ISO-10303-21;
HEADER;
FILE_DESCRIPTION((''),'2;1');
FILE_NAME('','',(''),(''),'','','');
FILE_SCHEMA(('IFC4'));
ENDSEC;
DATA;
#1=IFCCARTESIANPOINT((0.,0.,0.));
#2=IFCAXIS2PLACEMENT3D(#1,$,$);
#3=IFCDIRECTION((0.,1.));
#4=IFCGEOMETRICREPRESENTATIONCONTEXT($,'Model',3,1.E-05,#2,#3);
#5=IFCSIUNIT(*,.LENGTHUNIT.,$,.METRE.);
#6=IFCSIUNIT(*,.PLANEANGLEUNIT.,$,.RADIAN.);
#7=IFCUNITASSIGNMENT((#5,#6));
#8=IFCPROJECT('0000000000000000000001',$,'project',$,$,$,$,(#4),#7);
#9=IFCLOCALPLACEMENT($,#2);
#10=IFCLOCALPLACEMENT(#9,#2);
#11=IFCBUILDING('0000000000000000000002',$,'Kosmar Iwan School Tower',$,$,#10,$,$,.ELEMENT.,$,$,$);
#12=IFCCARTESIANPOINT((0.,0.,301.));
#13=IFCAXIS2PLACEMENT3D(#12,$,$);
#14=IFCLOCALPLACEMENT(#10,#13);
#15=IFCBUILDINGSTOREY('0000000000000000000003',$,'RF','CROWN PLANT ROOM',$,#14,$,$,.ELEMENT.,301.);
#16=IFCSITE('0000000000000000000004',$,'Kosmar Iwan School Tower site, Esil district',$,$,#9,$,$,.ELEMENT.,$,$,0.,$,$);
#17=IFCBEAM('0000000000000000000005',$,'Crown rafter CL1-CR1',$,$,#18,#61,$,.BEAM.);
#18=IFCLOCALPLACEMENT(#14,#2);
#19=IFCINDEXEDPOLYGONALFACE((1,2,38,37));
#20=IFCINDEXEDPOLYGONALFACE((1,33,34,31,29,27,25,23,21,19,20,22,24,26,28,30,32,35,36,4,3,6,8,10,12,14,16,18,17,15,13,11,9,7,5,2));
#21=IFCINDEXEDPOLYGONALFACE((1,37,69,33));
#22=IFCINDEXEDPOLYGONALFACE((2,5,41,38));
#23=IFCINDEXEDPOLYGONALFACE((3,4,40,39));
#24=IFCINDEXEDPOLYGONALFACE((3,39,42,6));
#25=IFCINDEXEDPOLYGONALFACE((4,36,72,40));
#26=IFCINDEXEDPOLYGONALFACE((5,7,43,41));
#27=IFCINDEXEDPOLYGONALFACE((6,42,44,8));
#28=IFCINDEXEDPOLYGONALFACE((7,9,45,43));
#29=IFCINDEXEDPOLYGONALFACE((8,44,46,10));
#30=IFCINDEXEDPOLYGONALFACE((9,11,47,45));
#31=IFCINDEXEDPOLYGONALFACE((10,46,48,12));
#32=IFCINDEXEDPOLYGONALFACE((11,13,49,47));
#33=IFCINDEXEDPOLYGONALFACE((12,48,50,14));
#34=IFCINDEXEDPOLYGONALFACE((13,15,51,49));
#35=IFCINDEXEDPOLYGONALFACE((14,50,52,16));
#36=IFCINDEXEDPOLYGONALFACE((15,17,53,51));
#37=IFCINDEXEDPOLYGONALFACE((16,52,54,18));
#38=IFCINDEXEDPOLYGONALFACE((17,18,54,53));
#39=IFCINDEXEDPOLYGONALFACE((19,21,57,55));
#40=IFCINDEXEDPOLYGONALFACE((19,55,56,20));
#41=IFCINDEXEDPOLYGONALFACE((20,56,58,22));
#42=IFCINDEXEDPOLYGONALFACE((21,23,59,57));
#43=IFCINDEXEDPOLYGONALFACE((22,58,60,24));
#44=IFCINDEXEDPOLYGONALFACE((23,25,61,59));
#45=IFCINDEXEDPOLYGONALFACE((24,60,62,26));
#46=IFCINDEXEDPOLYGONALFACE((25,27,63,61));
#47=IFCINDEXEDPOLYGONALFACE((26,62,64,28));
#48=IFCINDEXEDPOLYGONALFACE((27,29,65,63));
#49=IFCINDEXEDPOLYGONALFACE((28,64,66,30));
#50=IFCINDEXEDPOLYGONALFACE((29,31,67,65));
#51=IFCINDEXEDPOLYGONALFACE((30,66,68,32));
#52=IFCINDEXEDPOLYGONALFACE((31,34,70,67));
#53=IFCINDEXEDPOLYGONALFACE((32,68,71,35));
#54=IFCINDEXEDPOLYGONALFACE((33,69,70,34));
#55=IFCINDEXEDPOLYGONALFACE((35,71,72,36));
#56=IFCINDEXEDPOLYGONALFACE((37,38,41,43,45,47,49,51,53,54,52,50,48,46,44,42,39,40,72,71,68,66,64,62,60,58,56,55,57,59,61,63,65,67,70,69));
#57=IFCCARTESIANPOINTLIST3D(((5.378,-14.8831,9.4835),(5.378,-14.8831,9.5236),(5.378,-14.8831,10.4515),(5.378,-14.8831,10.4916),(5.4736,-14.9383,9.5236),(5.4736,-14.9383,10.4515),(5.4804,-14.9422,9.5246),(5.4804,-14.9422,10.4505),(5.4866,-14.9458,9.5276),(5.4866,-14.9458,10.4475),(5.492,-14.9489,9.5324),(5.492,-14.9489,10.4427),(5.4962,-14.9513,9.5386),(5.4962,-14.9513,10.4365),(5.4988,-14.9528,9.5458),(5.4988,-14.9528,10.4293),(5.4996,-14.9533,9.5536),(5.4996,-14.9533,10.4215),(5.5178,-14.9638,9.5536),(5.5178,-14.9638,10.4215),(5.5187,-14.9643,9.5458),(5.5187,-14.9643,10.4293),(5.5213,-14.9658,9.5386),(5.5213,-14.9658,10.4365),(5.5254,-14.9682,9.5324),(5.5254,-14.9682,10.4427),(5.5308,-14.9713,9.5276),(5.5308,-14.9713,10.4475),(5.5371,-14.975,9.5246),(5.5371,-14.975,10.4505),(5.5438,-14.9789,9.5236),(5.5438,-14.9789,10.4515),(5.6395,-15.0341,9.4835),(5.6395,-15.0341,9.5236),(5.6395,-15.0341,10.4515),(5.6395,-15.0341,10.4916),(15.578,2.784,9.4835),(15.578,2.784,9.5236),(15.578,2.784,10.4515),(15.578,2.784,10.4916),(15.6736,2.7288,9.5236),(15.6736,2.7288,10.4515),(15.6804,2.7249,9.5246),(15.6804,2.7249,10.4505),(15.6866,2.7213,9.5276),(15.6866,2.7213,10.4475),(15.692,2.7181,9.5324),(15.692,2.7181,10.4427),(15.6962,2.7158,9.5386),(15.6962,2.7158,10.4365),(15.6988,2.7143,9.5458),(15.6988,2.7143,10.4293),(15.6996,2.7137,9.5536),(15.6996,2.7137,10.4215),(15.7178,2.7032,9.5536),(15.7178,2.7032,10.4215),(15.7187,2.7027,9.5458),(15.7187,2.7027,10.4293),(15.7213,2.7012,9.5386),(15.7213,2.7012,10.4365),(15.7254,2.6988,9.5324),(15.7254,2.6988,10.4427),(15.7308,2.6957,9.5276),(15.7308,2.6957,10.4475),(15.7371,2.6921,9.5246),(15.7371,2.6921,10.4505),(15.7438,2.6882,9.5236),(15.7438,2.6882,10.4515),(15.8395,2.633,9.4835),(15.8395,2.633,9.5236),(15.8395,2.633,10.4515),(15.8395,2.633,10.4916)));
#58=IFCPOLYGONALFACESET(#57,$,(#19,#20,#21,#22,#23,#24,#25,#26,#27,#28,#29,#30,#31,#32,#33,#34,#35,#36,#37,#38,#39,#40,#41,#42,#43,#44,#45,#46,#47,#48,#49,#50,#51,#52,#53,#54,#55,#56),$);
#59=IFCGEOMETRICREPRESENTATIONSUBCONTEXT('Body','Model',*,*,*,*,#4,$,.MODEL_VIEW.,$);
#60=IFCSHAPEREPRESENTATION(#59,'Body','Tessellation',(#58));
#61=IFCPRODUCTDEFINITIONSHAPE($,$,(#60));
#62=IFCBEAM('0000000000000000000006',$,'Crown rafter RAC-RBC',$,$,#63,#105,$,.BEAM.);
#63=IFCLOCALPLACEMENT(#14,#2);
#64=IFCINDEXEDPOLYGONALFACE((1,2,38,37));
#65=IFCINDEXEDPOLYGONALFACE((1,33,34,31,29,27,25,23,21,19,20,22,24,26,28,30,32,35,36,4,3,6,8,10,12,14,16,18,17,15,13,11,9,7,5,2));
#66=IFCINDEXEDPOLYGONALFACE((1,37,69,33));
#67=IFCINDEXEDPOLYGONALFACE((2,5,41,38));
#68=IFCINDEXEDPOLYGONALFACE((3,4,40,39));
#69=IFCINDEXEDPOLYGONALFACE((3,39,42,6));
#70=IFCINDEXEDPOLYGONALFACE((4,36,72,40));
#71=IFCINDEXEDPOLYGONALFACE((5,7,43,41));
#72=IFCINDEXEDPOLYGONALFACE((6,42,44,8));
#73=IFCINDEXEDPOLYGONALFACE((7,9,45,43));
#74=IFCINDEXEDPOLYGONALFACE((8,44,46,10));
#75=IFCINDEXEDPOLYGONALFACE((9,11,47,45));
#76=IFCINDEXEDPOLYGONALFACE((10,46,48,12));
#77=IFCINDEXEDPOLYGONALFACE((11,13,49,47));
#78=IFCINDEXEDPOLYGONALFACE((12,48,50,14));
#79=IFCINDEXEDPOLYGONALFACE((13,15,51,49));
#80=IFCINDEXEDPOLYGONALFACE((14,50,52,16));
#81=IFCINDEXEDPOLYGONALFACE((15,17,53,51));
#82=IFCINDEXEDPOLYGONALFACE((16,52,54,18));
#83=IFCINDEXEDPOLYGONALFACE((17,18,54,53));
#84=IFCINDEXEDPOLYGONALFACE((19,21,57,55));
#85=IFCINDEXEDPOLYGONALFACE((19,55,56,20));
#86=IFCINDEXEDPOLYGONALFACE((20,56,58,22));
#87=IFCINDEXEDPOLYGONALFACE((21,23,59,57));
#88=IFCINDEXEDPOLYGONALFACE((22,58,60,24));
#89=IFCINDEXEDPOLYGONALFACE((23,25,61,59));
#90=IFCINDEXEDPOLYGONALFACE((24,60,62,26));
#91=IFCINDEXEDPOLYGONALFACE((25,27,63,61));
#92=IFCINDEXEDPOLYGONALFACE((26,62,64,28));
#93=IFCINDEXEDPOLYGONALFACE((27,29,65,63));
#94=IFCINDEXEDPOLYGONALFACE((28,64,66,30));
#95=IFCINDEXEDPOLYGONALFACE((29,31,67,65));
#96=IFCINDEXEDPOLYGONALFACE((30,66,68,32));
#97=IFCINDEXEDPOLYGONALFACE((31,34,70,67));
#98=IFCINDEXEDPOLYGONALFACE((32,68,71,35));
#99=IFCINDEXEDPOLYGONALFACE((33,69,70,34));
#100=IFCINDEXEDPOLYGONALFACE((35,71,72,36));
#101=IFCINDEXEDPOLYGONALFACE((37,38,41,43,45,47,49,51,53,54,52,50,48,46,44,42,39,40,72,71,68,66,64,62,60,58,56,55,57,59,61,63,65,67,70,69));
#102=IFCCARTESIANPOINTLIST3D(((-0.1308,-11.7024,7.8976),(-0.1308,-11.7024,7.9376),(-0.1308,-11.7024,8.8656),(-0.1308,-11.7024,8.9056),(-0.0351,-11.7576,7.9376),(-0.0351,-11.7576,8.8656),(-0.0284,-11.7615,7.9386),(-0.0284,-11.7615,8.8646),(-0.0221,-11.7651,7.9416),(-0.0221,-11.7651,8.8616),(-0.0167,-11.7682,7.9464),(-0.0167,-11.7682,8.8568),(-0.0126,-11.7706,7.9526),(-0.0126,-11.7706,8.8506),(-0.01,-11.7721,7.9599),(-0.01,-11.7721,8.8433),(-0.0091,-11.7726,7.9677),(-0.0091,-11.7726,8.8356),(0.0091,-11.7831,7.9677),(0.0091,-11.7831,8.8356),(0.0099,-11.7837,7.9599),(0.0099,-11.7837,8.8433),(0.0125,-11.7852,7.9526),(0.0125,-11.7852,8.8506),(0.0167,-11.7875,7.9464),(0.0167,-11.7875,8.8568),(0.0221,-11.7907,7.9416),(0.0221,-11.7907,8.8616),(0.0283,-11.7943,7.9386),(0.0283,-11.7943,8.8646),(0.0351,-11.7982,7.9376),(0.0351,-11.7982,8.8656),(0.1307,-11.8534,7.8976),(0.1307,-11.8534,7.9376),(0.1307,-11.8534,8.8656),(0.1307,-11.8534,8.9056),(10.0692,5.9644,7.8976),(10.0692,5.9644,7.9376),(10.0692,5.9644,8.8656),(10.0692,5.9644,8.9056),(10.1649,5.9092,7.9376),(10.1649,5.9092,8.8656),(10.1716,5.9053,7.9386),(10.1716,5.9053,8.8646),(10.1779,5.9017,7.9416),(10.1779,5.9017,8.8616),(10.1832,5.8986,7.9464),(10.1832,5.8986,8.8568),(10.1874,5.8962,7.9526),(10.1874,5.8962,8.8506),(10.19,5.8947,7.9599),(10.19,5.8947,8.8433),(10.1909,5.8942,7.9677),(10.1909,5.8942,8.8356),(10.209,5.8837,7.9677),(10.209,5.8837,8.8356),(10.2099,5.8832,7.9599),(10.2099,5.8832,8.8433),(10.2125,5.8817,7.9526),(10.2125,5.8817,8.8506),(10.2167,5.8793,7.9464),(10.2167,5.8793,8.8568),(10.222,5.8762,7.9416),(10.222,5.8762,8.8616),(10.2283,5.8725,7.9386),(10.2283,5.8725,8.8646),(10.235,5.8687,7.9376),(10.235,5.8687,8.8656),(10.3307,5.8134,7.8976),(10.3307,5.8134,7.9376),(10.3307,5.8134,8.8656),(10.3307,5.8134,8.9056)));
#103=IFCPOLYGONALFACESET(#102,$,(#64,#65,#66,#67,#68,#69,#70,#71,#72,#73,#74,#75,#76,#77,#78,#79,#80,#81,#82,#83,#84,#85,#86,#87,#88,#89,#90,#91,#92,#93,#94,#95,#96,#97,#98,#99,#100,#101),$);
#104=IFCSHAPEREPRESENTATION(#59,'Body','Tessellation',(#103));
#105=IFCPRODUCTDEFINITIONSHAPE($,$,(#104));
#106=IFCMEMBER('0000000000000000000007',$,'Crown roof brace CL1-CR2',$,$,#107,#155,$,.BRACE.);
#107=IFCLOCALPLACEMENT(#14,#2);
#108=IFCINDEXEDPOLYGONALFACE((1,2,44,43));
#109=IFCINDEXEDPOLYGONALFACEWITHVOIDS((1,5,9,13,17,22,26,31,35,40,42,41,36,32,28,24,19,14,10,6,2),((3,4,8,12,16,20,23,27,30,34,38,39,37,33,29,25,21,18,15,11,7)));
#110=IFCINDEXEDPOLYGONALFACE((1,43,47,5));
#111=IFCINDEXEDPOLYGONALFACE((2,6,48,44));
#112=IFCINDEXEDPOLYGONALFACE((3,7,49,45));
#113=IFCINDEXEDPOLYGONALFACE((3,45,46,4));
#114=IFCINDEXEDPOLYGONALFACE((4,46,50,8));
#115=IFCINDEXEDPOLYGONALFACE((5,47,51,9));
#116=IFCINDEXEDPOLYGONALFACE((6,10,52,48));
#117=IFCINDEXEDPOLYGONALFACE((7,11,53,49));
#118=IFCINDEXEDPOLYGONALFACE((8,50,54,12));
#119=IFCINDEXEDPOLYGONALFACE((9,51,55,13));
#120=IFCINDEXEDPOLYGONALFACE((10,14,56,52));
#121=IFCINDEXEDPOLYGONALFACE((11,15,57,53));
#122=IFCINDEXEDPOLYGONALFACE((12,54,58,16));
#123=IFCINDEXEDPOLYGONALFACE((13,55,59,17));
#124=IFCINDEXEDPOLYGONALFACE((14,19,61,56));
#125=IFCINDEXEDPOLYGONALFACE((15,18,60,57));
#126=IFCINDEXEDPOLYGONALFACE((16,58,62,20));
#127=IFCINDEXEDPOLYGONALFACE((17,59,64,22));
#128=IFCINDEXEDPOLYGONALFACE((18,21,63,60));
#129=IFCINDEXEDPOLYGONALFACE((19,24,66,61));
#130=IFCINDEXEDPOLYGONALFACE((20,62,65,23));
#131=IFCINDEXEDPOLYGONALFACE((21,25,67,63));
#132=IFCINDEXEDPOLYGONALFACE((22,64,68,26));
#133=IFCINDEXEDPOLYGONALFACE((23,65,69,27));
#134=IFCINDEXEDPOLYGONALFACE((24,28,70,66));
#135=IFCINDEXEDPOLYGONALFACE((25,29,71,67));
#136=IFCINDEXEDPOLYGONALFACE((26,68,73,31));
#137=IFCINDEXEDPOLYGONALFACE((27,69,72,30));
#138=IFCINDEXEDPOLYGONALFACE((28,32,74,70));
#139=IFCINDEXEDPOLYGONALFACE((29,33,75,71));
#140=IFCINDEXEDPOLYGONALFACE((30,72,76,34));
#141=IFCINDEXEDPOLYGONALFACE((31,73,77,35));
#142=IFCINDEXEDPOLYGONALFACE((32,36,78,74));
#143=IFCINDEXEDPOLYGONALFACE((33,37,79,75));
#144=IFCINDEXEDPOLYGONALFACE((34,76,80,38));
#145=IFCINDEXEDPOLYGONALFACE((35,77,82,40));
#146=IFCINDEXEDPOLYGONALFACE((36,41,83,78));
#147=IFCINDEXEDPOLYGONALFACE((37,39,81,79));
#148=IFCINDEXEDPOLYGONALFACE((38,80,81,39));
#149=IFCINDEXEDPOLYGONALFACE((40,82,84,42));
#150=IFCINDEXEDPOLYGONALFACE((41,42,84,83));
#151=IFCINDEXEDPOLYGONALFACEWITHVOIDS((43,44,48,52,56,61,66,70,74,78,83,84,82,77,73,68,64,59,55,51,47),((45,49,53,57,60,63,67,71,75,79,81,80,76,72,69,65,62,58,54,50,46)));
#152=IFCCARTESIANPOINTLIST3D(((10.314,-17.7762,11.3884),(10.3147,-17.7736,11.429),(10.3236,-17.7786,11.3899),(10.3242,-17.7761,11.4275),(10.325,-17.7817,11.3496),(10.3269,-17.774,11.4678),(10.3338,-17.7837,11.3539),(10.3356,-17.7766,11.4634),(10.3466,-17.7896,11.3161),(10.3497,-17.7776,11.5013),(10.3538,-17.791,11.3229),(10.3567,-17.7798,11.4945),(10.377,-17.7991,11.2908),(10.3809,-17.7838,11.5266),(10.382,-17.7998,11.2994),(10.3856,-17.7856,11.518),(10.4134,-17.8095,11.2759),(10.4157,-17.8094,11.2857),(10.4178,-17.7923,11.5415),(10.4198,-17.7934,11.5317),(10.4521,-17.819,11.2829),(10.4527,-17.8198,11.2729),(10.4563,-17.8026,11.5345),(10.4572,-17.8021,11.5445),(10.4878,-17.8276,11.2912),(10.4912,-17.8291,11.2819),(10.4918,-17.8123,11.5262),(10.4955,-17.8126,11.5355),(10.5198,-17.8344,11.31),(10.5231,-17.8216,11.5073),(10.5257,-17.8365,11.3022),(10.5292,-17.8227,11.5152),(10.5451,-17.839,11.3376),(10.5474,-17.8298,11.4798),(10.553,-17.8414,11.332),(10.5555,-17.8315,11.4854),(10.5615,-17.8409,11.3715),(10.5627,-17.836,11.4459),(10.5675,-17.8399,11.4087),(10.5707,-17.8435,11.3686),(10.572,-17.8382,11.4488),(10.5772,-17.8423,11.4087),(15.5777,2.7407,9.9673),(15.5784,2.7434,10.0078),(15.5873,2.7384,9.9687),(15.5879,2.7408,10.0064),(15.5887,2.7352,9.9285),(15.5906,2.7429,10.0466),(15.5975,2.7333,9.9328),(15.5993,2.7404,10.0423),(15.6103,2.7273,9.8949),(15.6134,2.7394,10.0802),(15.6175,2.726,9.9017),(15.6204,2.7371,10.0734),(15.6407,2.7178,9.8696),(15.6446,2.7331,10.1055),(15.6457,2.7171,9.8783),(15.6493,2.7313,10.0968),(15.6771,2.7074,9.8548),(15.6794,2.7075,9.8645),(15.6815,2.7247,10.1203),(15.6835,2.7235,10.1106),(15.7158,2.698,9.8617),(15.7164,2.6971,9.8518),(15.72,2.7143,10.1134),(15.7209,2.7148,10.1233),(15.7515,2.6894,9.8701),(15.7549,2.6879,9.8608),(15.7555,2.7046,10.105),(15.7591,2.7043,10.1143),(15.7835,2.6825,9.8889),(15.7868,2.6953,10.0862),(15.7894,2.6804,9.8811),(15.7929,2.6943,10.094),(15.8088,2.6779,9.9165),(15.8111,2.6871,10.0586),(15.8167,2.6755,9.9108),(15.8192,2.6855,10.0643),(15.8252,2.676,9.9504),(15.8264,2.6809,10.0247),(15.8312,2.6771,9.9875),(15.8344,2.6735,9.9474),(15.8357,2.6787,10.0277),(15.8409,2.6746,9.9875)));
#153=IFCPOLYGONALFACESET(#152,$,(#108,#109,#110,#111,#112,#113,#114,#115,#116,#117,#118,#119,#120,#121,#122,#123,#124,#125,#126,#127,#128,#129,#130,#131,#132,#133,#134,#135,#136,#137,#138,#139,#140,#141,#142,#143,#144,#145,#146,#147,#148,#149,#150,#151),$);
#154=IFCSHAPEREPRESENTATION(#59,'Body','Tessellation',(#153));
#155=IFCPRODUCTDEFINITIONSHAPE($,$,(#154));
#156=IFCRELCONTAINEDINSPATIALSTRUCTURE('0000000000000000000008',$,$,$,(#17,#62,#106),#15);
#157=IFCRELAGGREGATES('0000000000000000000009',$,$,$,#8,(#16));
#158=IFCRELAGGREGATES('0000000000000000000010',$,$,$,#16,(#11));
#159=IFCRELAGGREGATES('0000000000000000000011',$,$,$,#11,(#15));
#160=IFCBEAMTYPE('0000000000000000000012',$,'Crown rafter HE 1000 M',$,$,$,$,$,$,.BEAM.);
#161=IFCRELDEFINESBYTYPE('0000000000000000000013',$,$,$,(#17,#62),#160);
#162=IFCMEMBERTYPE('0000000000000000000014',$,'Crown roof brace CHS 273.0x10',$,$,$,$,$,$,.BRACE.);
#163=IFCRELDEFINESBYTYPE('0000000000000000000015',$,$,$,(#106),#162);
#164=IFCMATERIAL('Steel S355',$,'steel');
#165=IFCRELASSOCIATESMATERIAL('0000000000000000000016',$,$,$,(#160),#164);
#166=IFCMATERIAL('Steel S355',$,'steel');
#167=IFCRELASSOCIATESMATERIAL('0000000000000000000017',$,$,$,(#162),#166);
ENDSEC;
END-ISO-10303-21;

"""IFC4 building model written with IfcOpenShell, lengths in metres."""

from ifc_helpers import new_model, si_unit, direction, frame, origin, origin_2d, place, context, subcontext, project, spatial, hollow_circle, i_section, extrude, material, material_profile, profile_set, type_object, element, save


model = new_model("IFC4")

# Units and contexts
model_context = context("Model", 3, precision=1e-05, world=origin(), true_north=direction((0.0, 1.0)))
body_context = subcontext(model_context, "Body", "Model", "MODEL_VIEW")
ifc_project = project(units=[si_unit("LENGTHUNIT", "METRE"), si_unit("PLANEANGLEUNIT", "RADIAN")], contexts=[model_context])

# Site, building, storey
site_placement = place(None, origin())
site = spatial("IfcSite", under=ifc_project, at=site_placement, Name="Kosmar Iwan School Tower site, Esil district", CompositionType="ELEMENT", RefElevation=0.0)
building_placement = place(site_placement, origin())
building = spatial("IfcBuilding", under=site, at=building_placement, Name="Kosmar Iwan School Tower", CompositionType="ELEMENT")
storey_placement = place(building_placement, frame((0.0, 0.0, 301.0)))
storey = spatial("IfcBuildingStorey", under=building, at=storey_placement, Name="RF", Description="CROWN PLANT ROOM", CompositionType="ELEMENT", Elevation=301.0)

# Beams
ifc_material_1 = material(Name="Steel S355", Category="steel")
ifc_material_profile_1 = material_profile(ifc_material_1, i_section(OverallWidth=0.302, OverallDepth=1.0081, WebThickness=0.021, FlangeThickness=0.04, FilletRadius=0.03, at=origin_2d()), Name="HE 1000 M")
ifc_profile_set_1 = profile_set([ifc_material_profile_1], Name="Steel S355")
beam_type_1 = type_object("IfcBeamType", Name="Crown rafter HE 1000 M", PredefinedType="BEAM", material=ifc_profile_set_1)
beam_1_placement = place(storey_placement, frame((15.7087, 2.7085, 9.9875), z_axis=(-0.499997, -0.866027, 0.0), x_axis=(0.866027, -0.499997, 0.0)))
element("IfcBeam", 1, at=beam_1_placement, inside=storey, type_object=beam_type_1, Name="Crown rafter CL1-CR1", PredefinedType="BEAM", context=body_context, shape_type="SweptSolid", body=[
    extrude(i_section(OverallWidth=0.302, OverallDepth=1.0081, WebThickness=0.021, FlangeThickness=0.04, FilletRadius=0.03, at=origin_2d()), origin(), (0.0, 0.0, 1.0), 20.4001),
])
beam_2_placement = place(storey_placement, frame((10.2, 5.8889, 8.4016), z_axis=(-0.500002, -0.866024, 0.0), x_axis=(0.866024, -0.500002, 0.0)))
element("IfcBeam", 2, at=beam_2_placement, inside=storey, type_object=beam_type_1, Name="Crown rafter RAC-RBC", PredefinedType="BEAM", context=body_context, shape_type="SweptSolid", body=[
    extrude(i_section(OverallWidth=0.302, OverallDepth=1.0081, WebThickness=0.021, FlangeThickness=0.04, FilletRadius=0.03, at=origin_2d()), origin(), (0.0, 0.0, 1.0), 20.3999),
])

# Member
ifc_material_2 = material(Name="Steel S355", Category="steel")
ifc_material_profile_2 = material_profile(ifc_material_2, hollow_circle(Radius=0.1365, WallThickness=0.01, at=origin_2d()), Name="CHS 273.0x10")
ifc_profile_set_2 = profile_set([ifc_material_profile_2], Name="Steel S355")
member_type = type_object("IfcMemberType", Name="Crown roof brace CHS 273.0x10", PredefinedType="BRACE", material=ifc_profile_set_2)
member_placement = place(storey_placement, frame((15.7087, 2.7085, 9.9875), z_axis=(-0.247948, -0.966458, 0.066944), x_axis=(0.96863, -0.248506, 0.0)))
element("IfcMember", 3, at=member_placement, inside=storey, type_object=member_type, Name="Crown roof brace CL1-CR2", PredefinedType="BRACE", context=body_context, shape_type="SweptSolid", body=[
    extrude(hollow_circle(Radius=0.1365, WallThickness=0.01, at=origin_2d()), origin(), (0.0, 0.0, 1.0), 21.229),
])

save(model, "model.ifc")
